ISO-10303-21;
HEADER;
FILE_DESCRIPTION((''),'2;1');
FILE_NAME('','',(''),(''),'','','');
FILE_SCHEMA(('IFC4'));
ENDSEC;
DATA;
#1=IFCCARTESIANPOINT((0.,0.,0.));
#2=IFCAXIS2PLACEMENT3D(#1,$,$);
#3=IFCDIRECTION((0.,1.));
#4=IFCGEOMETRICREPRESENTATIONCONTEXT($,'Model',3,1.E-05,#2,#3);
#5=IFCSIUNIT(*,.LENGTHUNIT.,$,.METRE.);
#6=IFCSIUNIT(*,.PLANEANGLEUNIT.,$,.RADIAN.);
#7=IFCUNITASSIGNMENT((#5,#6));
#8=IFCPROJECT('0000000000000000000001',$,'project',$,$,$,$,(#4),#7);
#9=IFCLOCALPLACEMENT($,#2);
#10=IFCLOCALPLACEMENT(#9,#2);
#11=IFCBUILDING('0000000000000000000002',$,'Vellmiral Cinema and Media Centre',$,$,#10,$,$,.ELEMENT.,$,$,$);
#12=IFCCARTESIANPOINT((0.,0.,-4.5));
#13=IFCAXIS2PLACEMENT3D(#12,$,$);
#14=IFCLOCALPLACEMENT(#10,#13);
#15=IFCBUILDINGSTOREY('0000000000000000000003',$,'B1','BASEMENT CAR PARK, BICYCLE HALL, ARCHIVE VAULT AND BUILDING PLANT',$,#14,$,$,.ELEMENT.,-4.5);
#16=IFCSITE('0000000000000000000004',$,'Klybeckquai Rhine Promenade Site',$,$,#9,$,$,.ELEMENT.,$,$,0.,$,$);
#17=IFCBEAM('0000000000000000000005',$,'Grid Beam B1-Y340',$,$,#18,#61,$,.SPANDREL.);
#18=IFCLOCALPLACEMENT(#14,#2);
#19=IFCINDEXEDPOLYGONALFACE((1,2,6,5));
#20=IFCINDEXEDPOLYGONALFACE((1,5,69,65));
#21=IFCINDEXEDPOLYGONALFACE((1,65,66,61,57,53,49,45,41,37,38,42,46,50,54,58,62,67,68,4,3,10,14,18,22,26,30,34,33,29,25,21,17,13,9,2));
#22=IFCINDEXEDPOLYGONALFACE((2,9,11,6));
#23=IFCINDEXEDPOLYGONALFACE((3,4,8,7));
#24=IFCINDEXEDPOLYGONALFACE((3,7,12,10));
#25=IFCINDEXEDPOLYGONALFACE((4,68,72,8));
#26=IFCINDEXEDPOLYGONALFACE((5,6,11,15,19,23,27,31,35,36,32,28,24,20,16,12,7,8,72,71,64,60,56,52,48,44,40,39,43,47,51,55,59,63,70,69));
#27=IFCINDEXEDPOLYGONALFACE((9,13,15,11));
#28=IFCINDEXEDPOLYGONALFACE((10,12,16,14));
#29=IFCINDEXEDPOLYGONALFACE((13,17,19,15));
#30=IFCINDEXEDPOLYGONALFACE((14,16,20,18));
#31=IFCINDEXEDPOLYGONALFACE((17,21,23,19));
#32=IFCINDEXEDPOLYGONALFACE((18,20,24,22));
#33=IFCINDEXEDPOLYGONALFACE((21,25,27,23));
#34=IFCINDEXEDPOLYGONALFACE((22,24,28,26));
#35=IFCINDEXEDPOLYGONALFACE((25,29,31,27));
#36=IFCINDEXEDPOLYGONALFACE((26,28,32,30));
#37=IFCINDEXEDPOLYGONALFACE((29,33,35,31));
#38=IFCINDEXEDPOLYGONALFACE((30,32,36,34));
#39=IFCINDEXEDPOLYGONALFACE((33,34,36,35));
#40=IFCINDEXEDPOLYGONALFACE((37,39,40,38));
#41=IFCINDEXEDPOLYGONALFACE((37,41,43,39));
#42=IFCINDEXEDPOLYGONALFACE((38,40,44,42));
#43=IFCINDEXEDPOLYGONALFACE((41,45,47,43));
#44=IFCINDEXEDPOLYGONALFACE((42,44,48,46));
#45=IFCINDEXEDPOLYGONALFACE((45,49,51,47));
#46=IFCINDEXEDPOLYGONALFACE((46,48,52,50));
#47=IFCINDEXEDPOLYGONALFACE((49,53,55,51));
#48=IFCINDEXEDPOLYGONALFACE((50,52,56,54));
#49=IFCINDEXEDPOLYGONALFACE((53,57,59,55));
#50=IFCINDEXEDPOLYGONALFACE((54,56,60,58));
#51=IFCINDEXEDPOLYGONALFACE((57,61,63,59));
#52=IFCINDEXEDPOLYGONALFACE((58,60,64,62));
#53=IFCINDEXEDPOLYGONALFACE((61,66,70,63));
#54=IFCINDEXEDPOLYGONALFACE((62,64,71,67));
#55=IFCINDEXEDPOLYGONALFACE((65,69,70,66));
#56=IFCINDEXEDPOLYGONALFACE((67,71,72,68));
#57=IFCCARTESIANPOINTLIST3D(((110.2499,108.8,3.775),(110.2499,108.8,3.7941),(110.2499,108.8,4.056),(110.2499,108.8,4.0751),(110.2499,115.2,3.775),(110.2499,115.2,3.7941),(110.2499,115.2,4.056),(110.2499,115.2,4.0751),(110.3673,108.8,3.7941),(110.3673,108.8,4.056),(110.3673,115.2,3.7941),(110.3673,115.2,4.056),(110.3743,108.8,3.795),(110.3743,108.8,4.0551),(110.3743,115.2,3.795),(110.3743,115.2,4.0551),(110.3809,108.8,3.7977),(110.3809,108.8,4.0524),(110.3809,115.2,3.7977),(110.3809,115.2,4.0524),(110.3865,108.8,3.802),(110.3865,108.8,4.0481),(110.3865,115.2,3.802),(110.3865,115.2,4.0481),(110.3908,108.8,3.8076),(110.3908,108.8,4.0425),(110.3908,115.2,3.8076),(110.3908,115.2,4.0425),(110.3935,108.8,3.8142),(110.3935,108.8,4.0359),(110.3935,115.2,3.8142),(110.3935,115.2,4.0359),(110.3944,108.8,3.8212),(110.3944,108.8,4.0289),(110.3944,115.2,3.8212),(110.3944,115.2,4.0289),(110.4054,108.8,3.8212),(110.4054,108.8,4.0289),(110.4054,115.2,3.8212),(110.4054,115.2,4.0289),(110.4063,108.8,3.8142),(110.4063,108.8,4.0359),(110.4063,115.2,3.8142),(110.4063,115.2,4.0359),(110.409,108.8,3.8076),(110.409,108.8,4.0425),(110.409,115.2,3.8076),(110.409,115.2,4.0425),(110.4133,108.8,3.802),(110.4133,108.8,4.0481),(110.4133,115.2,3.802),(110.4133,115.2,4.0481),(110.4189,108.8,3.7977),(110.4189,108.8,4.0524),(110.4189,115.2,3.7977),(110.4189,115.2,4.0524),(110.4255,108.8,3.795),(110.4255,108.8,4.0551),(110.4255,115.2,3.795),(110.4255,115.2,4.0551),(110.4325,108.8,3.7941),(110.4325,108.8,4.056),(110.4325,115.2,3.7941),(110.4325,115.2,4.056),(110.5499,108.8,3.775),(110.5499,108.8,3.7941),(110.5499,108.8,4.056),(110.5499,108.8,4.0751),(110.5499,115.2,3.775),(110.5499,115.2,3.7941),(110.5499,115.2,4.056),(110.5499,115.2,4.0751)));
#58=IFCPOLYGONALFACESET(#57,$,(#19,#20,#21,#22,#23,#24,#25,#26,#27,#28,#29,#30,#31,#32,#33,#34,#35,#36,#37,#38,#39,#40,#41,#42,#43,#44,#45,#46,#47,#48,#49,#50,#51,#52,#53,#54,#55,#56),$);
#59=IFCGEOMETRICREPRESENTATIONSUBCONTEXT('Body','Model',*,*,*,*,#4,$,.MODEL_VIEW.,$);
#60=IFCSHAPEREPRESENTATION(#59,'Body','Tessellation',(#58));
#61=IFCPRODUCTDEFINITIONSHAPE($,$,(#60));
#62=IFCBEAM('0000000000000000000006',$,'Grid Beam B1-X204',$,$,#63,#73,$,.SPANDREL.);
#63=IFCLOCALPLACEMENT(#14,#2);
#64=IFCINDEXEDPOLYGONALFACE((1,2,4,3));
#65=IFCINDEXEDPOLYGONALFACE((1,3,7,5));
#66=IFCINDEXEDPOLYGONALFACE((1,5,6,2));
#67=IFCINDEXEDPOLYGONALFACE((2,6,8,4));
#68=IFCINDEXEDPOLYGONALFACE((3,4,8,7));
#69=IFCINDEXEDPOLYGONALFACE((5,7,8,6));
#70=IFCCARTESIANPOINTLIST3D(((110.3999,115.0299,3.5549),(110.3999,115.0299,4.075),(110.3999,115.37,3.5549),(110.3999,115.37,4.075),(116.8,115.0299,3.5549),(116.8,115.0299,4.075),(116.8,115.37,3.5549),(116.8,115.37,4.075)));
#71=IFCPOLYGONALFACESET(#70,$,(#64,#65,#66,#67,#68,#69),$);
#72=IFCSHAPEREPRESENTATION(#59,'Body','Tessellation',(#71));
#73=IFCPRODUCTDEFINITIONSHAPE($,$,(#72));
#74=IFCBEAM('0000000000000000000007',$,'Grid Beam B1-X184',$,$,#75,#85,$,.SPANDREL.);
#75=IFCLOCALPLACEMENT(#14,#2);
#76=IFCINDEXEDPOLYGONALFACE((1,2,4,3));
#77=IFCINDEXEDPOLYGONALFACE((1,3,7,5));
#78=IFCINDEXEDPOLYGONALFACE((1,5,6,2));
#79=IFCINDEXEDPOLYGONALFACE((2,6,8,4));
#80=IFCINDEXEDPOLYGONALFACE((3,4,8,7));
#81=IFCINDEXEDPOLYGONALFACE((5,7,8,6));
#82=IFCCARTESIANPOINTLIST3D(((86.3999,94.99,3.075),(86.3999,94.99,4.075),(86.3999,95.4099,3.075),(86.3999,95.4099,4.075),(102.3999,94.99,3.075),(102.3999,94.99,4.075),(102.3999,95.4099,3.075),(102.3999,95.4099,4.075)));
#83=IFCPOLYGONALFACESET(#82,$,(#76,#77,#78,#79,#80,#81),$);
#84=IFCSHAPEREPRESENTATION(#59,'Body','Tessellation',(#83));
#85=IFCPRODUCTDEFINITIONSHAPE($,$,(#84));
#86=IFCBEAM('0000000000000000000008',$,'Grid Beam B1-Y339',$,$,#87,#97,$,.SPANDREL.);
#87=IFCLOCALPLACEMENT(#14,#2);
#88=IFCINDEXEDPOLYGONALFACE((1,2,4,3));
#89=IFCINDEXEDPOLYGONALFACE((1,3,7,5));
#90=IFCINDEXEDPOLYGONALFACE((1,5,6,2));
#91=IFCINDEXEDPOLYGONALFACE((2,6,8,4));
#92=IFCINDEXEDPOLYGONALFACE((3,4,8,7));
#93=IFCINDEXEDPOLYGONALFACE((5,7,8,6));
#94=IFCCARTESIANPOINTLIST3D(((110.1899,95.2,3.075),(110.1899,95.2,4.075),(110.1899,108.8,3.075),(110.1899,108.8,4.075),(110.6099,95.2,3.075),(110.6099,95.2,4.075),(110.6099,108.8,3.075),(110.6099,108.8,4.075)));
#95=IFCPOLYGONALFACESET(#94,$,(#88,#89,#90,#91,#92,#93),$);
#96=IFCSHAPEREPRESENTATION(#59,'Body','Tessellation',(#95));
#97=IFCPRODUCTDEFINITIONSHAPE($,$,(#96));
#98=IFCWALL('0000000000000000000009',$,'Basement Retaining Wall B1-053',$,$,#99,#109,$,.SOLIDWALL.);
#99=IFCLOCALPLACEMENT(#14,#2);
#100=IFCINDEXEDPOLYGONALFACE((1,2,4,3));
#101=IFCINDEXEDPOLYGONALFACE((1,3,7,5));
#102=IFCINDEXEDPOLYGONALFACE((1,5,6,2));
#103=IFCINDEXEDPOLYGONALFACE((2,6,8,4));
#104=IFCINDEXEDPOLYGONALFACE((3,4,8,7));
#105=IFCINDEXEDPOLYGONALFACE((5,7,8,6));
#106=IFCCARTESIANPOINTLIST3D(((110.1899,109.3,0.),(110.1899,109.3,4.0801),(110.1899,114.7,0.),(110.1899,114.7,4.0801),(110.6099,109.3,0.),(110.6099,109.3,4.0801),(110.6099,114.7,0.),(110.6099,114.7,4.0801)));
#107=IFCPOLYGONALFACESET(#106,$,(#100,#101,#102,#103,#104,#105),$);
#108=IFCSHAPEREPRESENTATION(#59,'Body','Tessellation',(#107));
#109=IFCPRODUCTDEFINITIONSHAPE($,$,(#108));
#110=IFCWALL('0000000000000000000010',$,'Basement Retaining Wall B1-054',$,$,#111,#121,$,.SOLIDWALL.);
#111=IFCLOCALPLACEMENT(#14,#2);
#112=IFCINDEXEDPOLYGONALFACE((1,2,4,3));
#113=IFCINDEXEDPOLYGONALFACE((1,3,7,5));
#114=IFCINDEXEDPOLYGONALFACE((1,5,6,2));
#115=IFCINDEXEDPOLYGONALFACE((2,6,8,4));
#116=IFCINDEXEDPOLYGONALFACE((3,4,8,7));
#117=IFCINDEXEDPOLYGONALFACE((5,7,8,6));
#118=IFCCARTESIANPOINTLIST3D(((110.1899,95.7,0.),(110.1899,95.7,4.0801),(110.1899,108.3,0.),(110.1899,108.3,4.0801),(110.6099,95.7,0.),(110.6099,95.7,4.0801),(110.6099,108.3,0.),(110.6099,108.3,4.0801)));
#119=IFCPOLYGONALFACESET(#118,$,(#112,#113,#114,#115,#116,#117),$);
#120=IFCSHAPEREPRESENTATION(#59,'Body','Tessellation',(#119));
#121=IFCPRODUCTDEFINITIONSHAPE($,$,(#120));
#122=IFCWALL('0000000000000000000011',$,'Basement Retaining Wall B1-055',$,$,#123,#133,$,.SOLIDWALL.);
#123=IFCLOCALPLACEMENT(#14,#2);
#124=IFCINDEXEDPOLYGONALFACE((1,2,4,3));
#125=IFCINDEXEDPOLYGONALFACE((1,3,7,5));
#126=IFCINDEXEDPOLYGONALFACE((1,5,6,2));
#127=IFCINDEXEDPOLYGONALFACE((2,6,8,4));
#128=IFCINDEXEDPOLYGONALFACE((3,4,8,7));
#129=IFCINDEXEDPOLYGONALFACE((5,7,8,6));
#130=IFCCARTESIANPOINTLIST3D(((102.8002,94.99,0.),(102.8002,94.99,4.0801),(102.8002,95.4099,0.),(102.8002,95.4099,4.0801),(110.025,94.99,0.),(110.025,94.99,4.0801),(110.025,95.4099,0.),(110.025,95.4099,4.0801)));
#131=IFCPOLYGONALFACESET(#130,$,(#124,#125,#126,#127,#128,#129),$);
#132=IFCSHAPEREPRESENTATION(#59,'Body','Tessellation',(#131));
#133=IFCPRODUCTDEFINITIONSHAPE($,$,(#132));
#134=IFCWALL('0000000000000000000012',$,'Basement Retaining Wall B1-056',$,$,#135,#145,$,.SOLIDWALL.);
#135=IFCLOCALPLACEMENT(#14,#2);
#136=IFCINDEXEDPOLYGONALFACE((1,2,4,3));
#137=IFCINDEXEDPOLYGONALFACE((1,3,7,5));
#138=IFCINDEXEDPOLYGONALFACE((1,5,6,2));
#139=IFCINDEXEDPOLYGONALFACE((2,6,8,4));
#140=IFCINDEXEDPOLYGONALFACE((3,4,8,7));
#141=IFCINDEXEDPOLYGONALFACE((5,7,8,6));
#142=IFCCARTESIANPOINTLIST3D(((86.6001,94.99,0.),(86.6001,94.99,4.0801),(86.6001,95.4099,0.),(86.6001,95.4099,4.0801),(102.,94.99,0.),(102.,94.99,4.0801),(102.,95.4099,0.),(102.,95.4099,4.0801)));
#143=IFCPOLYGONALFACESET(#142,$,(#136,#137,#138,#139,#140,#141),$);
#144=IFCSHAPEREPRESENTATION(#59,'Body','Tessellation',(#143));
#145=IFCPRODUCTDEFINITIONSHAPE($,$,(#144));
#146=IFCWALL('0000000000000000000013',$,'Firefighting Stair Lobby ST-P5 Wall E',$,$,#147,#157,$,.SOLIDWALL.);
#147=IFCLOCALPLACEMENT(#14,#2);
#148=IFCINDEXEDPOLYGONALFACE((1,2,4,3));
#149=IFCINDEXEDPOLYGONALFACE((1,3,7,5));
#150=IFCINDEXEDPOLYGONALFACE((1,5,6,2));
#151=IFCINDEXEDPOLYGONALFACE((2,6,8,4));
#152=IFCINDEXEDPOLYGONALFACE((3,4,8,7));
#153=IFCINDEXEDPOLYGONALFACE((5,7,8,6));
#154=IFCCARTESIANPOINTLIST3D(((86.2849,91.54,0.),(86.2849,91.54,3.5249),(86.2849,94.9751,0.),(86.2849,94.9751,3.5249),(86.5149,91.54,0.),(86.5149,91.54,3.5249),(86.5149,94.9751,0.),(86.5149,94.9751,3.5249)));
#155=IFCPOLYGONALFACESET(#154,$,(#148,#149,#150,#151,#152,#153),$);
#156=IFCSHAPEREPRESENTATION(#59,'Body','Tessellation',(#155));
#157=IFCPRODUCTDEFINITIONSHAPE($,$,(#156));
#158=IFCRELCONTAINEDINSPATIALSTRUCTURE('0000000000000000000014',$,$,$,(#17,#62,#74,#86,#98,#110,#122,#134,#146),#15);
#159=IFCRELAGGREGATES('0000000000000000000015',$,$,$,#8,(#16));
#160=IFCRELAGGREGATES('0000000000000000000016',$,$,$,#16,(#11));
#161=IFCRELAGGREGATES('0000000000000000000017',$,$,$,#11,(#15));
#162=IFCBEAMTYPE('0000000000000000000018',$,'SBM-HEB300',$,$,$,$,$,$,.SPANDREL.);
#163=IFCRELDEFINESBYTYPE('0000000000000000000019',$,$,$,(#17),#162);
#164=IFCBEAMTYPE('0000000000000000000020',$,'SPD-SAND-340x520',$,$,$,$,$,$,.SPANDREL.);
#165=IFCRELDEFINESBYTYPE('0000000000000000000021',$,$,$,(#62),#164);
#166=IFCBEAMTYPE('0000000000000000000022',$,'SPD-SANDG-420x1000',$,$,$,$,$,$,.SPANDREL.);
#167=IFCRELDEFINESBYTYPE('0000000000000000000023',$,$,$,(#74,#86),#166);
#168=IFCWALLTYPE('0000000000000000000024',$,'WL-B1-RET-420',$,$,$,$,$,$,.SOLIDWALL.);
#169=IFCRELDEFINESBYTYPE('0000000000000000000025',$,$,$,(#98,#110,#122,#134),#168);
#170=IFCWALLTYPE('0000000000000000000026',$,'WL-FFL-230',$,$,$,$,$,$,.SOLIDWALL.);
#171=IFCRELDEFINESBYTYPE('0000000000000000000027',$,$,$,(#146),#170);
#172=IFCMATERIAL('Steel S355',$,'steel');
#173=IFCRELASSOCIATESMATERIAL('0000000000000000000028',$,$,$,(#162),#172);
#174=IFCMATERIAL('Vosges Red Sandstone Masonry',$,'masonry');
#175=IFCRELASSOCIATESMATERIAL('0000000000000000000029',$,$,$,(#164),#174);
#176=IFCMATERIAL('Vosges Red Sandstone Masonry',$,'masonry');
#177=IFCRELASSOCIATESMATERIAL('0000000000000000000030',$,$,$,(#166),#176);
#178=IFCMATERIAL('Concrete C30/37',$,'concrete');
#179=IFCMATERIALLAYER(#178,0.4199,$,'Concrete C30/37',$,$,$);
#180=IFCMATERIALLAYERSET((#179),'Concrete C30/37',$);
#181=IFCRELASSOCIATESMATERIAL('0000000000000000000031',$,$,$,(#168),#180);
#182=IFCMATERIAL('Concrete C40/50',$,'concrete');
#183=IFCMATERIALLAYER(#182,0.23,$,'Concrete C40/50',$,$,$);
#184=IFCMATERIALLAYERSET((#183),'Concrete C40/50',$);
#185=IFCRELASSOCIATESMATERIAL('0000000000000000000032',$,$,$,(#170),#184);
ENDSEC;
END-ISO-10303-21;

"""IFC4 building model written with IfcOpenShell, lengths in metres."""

from ifc_helpers import new_model, si_unit, direction, frame, frame_2d, origin, origin_2d, place, context, subcontext, project, spatial, rectangle, i_section, extrude, material, layer, layer_set, material_profile, profile_set, type_object, element, save


model = new_model("IFC4")

# Units and contexts
model_context = context("Model", 3, precision=1e-05, world=origin(), true_north=direction((0.0, 1.0)))
body_context = subcontext(model_context, "Body", "Model", "MODEL_VIEW")
ifc_project = project(units=[si_unit("LENGTHUNIT", "METRE"), si_unit("PLANEANGLEUNIT", "RADIAN")], contexts=[model_context])

# Site, building, storey
site_placement = place(None, origin())
site = spatial("IfcSite", under=ifc_project, at=site_placement, Name="Klybeckquai Rhine Promenade Site", CompositionType="ELEMENT", RefElevation=0.0)
building_placement = place(site_placement, origin())
building = spatial("IfcBuilding", under=site, at=building_placement, Name="Vellmiral Cinema and Media Centre", CompositionType="ELEMENT")
storey_placement = place(building_placement, frame((0.0, 0.0, -4.5)))
storey = spatial("IfcBuildingStorey", under=building, at=storey_placement, Name="B1", Description="BASEMENT CAR PARK, BICYCLE HALL, ARCHIVE VAULT AND BUILDING PLANT", CompositionType="ELEMENT", Elevation=-4.5)

# Beams
ifc_material_1 = material(Name="Steel S355", Category="steel")
ifc_material_profile_1 = material_profile(ifc_material_1, i_section(OverallWidth=0.3, OverallDepth=0.3, WebThickness=0.011, FlangeThickness=0.019, FilletRadius=0.0271, at=origin_2d()), Name="HEB 300")
ifc_profile_set_1 = profile_set([ifc_material_profile_1], Name="Steel S355")
beam_type_1 = type_object("IfcBeamType", Name="SBM-HEB300", PredefinedType="SPANDREL", material=ifc_profile_set_1)
beam_1_placement = place(storey_placement, frame((110.3999, 108.8, 3.925), z_axis=(0.0, 1.0, 0.0), x_axis=(-1.0, 0.0, 0.0)))
element("IfcBeam", 1, at=beam_1_placement, inside=storey, type_object=beam_type_1, Name="Grid Beam B1-Y340", PredefinedType="SPANDREL", context=body_context, shape_type="SweptSolid", body=[
    extrude(i_section(OverallWidth=0.3, OverallDepth=0.3, WebThickness=0.011, FlangeThickness=0.019, FilletRadius=0.0271, at=origin_2d()), origin(), (0.0, 0.0, 1.0), 6.3999),
])
ifc_material_2 = material(Name="Vosges Red Sandstone Masonry", Category="masonry")
ifc_material_profile_2 = material_profile(ifc_material_2, rectangle(XDim=0.3401, YDim=0.52, at=origin_2d()), Name="SAND 340x520")
ifc_profile_set_2 = profile_set([ifc_material_profile_2], Name="Vosges Red Sandstone Masonry")
beam_type_2 = type_object("IfcBeamType", Name="SPD-SAND-340x520", PredefinedType="SPANDREL", material=ifc_profile_set_2)
beam_2_placement = place(storey_placement, frame((110.3999, 115.2, 3.8149), z_axis=(1.0, 0.0, 0.0), x_axis=(0.0, 1.0, 0.0)))
element("IfcBeam", 2, at=beam_2_placement, inside=storey, type_object=beam_type_2, Name="Grid Beam B1-X204", PredefinedType="SPANDREL", context=body_context, shape_type="SweptSolid", body=[
    extrude(rectangle(XDim=0.3401, YDim=0.52, at=origin_2d()), origin(), (0.0, 0.0, 1.0), 6.4001),
])
ifc_material_3 = material(Name="Vosges Red Sandstone Masonry", Category="masonry")
ifc_material_profile_3 = material_profile(ifc_material_3, rectangle(XDim=0.4199, YDim=1.0, at=origin_2d()), Name="SAND 420x1000")
ifc_profile_set_3 = profile_set([ifc_material_profile_3], Name="Vosges Red Sandstone Masonry")
beam_type_3 = type_object("IfcBeamType", Name="SPD-SANDG-420x1000", PredefinedType="SPANDREL", material=ifc_profile_set_3)
beam_3_placement = place(storey_placement, frame((86.3999, 95.2, 3.575), z_axis=(1.0, 0.0, 0.0), x_axis=(0.0, 1.0, 0.0)))
element("IfcBeam", 3, at=beam_3_placement, inside=storey, type_object=beam_type_3, Name="Grid Beam B1-X184", PredefinedType="SPANDREL", context=body_context, shape_type="SweptSolid", body=[
    extrude(rectangle(XDim=0.4199, YDim=1.0, at=origin_2d()), origin(), (0.0, 0.0, 1.0), 16.0),
])
beam_4_placement = place(storey_placement, frame((110.3999, 95.2, 3.575), z_axis=(0.0, 1.0, 0.0), x_axis=(-1.0, 0.0, 0.0)))
element("IfcBeam", 4, at=beam_4_placement, inside=storey, type_object=beam_type_3, Name="Grid Beam B1-Y339", PredefinedType="SPANDREL", context=body_context, shape_type="SweptSolid", body=[
    extrude(rectangle(XDim=0.4199, YDim=1.0, at=origin_2d()), origin(), (0.0, 0.0, 1.0), 13.6001),
])

# Walls
ifc_material_4 = material(Name="Concrete C30/37", Category="concrete")
ifc_layer_1 = layer(ifc_material_4, 0.4199, Name="Concrete C30/37")
ifc_layer_set_1 = layer_set([ifc_layer_1], Name="Concrete C30/37")
wall_type_1 = type_object("IfcWallType", Name="WL-B1-RET-420", PredefinedType="SOLIDWALL", material=ifc_layer_set_1)
wall_1_placement = place(storey_placement, frame((110.3999, 114.7, 0.0), z_axis=(0.0, 0.0, 1.0), x_axis=(0.0, -1.0, 0.0)))
element("IfcWall", 5, at=wall_1_placement, inside=storey, type_object=wall_type_1, Name="Basement Retaining Wall B1-053", PredefinedType="SOLIDWALL", context=body_context, shape_type="SweptSolid", body=[
    extrude(rectangle(XDim=5.3999, YDim=0.4199, at=frame_2d((2.7, 0.0))), origin(), (0.0, 0.0, 1.0), 4.0801),
])
wall_2_placement = place(storey_placement, frame((110.3999, 108.3, 0.0), z_axis=(0.0, 0.0, 1.0), x_axis=(0.0, -1.0, 0.0)))
element("IfcWall", 6, at=wall_2_placement, inside=storey, type_object=wall_type_1, Name="Basement Retaining Wall B1-054", PredefinedType="SOLIDWALL", context=body_context, shape_type="SweptSolid", body=[
    extrude(rectangle(XDim=12.6001, YDim=0.4199, at=frame_2d((6.3, 0.0))), origin(), (0.0, 0.0, 1.0), 4.0801),
])
wall_3_placement = place(storey_placement, frame((110.0249, 95.2, 0.0), z_axis=(0.0, 0.0, 1.0), x_axis=(-1.0, 0.0, 0.0)))
element("IfcWall", 7, at=wall_3_placement, inside=storey, type_object=wall_type_1, Name="Basement Retaining Wall B1-055", PredefinedType="SOLIDWALL", context=body_context, shape_type="SweptSolid", body=[
    extrude(rectangle(XDim=7.2249, YDim=0.4199, at=frame_2d((3.6123, 0.0))), origin(), (0.0, 0.0, 1.0), 4.0801),
])
wall_4_placement = place(storey_placement, frame((102.0, 95.2, 0.0), z_axis=(0.0, 0.0, 1.0), x_axis=(-1.0, 0.0, 0.0)))
element("IfcWall", 8, at=wall_4_placement, inside=storey, type_object=wall_type_1, Name="Basement Retaining Wall B1-056", PredefinedType="SOLIDWALL", context=body_context, shape_type="SweptSolid", body=[
    extrude(rectangle(XDim=15.3999, YDim=0.4199, at=frame_2d((7.7, 0.0))), origin(), (0.0, 0.0, 1.0), 4.0801),
])
ifc_material_5 = material(Name="Concrete C40/50", Category="concrete")
ifc_layer_2 = layer(ifc_material_5, 0.23, Name="Concrete C40/50")
ifc_layer_set_2 = layer_set([ifc_layer_2], Name="Concrete C40/50")
wall_type_2 = type_object("IfcWallType", Name="WL-FFL-230", PredefinedType="SOLIDWALL", material=ifc_layer_set_2)
wall_5_placement = place(storey_placement, frame((86.3999, 91.54, 0.0), z_axis=(0.0, 0.0, 1.0), x_axis=(0.0, 1.0, 0.0)))
element("IfcWall", 9, at=wall_5_placement, inside=storey, type_object=wall_type_2, Name="Firefighting Stair Lobby ST-P5 Wall E", PredefinedType="SOLIDWALL", context=body_context, shape_type="SweptSolid", body=[
    extrude(rectangle(XDim=3.4351, YDim=0.23, at=frame_2d((1.7175, 0.0))), origin(), (0.0, 0.0, 1.0), 3.5249),
])

save(model, "model.ifc")
